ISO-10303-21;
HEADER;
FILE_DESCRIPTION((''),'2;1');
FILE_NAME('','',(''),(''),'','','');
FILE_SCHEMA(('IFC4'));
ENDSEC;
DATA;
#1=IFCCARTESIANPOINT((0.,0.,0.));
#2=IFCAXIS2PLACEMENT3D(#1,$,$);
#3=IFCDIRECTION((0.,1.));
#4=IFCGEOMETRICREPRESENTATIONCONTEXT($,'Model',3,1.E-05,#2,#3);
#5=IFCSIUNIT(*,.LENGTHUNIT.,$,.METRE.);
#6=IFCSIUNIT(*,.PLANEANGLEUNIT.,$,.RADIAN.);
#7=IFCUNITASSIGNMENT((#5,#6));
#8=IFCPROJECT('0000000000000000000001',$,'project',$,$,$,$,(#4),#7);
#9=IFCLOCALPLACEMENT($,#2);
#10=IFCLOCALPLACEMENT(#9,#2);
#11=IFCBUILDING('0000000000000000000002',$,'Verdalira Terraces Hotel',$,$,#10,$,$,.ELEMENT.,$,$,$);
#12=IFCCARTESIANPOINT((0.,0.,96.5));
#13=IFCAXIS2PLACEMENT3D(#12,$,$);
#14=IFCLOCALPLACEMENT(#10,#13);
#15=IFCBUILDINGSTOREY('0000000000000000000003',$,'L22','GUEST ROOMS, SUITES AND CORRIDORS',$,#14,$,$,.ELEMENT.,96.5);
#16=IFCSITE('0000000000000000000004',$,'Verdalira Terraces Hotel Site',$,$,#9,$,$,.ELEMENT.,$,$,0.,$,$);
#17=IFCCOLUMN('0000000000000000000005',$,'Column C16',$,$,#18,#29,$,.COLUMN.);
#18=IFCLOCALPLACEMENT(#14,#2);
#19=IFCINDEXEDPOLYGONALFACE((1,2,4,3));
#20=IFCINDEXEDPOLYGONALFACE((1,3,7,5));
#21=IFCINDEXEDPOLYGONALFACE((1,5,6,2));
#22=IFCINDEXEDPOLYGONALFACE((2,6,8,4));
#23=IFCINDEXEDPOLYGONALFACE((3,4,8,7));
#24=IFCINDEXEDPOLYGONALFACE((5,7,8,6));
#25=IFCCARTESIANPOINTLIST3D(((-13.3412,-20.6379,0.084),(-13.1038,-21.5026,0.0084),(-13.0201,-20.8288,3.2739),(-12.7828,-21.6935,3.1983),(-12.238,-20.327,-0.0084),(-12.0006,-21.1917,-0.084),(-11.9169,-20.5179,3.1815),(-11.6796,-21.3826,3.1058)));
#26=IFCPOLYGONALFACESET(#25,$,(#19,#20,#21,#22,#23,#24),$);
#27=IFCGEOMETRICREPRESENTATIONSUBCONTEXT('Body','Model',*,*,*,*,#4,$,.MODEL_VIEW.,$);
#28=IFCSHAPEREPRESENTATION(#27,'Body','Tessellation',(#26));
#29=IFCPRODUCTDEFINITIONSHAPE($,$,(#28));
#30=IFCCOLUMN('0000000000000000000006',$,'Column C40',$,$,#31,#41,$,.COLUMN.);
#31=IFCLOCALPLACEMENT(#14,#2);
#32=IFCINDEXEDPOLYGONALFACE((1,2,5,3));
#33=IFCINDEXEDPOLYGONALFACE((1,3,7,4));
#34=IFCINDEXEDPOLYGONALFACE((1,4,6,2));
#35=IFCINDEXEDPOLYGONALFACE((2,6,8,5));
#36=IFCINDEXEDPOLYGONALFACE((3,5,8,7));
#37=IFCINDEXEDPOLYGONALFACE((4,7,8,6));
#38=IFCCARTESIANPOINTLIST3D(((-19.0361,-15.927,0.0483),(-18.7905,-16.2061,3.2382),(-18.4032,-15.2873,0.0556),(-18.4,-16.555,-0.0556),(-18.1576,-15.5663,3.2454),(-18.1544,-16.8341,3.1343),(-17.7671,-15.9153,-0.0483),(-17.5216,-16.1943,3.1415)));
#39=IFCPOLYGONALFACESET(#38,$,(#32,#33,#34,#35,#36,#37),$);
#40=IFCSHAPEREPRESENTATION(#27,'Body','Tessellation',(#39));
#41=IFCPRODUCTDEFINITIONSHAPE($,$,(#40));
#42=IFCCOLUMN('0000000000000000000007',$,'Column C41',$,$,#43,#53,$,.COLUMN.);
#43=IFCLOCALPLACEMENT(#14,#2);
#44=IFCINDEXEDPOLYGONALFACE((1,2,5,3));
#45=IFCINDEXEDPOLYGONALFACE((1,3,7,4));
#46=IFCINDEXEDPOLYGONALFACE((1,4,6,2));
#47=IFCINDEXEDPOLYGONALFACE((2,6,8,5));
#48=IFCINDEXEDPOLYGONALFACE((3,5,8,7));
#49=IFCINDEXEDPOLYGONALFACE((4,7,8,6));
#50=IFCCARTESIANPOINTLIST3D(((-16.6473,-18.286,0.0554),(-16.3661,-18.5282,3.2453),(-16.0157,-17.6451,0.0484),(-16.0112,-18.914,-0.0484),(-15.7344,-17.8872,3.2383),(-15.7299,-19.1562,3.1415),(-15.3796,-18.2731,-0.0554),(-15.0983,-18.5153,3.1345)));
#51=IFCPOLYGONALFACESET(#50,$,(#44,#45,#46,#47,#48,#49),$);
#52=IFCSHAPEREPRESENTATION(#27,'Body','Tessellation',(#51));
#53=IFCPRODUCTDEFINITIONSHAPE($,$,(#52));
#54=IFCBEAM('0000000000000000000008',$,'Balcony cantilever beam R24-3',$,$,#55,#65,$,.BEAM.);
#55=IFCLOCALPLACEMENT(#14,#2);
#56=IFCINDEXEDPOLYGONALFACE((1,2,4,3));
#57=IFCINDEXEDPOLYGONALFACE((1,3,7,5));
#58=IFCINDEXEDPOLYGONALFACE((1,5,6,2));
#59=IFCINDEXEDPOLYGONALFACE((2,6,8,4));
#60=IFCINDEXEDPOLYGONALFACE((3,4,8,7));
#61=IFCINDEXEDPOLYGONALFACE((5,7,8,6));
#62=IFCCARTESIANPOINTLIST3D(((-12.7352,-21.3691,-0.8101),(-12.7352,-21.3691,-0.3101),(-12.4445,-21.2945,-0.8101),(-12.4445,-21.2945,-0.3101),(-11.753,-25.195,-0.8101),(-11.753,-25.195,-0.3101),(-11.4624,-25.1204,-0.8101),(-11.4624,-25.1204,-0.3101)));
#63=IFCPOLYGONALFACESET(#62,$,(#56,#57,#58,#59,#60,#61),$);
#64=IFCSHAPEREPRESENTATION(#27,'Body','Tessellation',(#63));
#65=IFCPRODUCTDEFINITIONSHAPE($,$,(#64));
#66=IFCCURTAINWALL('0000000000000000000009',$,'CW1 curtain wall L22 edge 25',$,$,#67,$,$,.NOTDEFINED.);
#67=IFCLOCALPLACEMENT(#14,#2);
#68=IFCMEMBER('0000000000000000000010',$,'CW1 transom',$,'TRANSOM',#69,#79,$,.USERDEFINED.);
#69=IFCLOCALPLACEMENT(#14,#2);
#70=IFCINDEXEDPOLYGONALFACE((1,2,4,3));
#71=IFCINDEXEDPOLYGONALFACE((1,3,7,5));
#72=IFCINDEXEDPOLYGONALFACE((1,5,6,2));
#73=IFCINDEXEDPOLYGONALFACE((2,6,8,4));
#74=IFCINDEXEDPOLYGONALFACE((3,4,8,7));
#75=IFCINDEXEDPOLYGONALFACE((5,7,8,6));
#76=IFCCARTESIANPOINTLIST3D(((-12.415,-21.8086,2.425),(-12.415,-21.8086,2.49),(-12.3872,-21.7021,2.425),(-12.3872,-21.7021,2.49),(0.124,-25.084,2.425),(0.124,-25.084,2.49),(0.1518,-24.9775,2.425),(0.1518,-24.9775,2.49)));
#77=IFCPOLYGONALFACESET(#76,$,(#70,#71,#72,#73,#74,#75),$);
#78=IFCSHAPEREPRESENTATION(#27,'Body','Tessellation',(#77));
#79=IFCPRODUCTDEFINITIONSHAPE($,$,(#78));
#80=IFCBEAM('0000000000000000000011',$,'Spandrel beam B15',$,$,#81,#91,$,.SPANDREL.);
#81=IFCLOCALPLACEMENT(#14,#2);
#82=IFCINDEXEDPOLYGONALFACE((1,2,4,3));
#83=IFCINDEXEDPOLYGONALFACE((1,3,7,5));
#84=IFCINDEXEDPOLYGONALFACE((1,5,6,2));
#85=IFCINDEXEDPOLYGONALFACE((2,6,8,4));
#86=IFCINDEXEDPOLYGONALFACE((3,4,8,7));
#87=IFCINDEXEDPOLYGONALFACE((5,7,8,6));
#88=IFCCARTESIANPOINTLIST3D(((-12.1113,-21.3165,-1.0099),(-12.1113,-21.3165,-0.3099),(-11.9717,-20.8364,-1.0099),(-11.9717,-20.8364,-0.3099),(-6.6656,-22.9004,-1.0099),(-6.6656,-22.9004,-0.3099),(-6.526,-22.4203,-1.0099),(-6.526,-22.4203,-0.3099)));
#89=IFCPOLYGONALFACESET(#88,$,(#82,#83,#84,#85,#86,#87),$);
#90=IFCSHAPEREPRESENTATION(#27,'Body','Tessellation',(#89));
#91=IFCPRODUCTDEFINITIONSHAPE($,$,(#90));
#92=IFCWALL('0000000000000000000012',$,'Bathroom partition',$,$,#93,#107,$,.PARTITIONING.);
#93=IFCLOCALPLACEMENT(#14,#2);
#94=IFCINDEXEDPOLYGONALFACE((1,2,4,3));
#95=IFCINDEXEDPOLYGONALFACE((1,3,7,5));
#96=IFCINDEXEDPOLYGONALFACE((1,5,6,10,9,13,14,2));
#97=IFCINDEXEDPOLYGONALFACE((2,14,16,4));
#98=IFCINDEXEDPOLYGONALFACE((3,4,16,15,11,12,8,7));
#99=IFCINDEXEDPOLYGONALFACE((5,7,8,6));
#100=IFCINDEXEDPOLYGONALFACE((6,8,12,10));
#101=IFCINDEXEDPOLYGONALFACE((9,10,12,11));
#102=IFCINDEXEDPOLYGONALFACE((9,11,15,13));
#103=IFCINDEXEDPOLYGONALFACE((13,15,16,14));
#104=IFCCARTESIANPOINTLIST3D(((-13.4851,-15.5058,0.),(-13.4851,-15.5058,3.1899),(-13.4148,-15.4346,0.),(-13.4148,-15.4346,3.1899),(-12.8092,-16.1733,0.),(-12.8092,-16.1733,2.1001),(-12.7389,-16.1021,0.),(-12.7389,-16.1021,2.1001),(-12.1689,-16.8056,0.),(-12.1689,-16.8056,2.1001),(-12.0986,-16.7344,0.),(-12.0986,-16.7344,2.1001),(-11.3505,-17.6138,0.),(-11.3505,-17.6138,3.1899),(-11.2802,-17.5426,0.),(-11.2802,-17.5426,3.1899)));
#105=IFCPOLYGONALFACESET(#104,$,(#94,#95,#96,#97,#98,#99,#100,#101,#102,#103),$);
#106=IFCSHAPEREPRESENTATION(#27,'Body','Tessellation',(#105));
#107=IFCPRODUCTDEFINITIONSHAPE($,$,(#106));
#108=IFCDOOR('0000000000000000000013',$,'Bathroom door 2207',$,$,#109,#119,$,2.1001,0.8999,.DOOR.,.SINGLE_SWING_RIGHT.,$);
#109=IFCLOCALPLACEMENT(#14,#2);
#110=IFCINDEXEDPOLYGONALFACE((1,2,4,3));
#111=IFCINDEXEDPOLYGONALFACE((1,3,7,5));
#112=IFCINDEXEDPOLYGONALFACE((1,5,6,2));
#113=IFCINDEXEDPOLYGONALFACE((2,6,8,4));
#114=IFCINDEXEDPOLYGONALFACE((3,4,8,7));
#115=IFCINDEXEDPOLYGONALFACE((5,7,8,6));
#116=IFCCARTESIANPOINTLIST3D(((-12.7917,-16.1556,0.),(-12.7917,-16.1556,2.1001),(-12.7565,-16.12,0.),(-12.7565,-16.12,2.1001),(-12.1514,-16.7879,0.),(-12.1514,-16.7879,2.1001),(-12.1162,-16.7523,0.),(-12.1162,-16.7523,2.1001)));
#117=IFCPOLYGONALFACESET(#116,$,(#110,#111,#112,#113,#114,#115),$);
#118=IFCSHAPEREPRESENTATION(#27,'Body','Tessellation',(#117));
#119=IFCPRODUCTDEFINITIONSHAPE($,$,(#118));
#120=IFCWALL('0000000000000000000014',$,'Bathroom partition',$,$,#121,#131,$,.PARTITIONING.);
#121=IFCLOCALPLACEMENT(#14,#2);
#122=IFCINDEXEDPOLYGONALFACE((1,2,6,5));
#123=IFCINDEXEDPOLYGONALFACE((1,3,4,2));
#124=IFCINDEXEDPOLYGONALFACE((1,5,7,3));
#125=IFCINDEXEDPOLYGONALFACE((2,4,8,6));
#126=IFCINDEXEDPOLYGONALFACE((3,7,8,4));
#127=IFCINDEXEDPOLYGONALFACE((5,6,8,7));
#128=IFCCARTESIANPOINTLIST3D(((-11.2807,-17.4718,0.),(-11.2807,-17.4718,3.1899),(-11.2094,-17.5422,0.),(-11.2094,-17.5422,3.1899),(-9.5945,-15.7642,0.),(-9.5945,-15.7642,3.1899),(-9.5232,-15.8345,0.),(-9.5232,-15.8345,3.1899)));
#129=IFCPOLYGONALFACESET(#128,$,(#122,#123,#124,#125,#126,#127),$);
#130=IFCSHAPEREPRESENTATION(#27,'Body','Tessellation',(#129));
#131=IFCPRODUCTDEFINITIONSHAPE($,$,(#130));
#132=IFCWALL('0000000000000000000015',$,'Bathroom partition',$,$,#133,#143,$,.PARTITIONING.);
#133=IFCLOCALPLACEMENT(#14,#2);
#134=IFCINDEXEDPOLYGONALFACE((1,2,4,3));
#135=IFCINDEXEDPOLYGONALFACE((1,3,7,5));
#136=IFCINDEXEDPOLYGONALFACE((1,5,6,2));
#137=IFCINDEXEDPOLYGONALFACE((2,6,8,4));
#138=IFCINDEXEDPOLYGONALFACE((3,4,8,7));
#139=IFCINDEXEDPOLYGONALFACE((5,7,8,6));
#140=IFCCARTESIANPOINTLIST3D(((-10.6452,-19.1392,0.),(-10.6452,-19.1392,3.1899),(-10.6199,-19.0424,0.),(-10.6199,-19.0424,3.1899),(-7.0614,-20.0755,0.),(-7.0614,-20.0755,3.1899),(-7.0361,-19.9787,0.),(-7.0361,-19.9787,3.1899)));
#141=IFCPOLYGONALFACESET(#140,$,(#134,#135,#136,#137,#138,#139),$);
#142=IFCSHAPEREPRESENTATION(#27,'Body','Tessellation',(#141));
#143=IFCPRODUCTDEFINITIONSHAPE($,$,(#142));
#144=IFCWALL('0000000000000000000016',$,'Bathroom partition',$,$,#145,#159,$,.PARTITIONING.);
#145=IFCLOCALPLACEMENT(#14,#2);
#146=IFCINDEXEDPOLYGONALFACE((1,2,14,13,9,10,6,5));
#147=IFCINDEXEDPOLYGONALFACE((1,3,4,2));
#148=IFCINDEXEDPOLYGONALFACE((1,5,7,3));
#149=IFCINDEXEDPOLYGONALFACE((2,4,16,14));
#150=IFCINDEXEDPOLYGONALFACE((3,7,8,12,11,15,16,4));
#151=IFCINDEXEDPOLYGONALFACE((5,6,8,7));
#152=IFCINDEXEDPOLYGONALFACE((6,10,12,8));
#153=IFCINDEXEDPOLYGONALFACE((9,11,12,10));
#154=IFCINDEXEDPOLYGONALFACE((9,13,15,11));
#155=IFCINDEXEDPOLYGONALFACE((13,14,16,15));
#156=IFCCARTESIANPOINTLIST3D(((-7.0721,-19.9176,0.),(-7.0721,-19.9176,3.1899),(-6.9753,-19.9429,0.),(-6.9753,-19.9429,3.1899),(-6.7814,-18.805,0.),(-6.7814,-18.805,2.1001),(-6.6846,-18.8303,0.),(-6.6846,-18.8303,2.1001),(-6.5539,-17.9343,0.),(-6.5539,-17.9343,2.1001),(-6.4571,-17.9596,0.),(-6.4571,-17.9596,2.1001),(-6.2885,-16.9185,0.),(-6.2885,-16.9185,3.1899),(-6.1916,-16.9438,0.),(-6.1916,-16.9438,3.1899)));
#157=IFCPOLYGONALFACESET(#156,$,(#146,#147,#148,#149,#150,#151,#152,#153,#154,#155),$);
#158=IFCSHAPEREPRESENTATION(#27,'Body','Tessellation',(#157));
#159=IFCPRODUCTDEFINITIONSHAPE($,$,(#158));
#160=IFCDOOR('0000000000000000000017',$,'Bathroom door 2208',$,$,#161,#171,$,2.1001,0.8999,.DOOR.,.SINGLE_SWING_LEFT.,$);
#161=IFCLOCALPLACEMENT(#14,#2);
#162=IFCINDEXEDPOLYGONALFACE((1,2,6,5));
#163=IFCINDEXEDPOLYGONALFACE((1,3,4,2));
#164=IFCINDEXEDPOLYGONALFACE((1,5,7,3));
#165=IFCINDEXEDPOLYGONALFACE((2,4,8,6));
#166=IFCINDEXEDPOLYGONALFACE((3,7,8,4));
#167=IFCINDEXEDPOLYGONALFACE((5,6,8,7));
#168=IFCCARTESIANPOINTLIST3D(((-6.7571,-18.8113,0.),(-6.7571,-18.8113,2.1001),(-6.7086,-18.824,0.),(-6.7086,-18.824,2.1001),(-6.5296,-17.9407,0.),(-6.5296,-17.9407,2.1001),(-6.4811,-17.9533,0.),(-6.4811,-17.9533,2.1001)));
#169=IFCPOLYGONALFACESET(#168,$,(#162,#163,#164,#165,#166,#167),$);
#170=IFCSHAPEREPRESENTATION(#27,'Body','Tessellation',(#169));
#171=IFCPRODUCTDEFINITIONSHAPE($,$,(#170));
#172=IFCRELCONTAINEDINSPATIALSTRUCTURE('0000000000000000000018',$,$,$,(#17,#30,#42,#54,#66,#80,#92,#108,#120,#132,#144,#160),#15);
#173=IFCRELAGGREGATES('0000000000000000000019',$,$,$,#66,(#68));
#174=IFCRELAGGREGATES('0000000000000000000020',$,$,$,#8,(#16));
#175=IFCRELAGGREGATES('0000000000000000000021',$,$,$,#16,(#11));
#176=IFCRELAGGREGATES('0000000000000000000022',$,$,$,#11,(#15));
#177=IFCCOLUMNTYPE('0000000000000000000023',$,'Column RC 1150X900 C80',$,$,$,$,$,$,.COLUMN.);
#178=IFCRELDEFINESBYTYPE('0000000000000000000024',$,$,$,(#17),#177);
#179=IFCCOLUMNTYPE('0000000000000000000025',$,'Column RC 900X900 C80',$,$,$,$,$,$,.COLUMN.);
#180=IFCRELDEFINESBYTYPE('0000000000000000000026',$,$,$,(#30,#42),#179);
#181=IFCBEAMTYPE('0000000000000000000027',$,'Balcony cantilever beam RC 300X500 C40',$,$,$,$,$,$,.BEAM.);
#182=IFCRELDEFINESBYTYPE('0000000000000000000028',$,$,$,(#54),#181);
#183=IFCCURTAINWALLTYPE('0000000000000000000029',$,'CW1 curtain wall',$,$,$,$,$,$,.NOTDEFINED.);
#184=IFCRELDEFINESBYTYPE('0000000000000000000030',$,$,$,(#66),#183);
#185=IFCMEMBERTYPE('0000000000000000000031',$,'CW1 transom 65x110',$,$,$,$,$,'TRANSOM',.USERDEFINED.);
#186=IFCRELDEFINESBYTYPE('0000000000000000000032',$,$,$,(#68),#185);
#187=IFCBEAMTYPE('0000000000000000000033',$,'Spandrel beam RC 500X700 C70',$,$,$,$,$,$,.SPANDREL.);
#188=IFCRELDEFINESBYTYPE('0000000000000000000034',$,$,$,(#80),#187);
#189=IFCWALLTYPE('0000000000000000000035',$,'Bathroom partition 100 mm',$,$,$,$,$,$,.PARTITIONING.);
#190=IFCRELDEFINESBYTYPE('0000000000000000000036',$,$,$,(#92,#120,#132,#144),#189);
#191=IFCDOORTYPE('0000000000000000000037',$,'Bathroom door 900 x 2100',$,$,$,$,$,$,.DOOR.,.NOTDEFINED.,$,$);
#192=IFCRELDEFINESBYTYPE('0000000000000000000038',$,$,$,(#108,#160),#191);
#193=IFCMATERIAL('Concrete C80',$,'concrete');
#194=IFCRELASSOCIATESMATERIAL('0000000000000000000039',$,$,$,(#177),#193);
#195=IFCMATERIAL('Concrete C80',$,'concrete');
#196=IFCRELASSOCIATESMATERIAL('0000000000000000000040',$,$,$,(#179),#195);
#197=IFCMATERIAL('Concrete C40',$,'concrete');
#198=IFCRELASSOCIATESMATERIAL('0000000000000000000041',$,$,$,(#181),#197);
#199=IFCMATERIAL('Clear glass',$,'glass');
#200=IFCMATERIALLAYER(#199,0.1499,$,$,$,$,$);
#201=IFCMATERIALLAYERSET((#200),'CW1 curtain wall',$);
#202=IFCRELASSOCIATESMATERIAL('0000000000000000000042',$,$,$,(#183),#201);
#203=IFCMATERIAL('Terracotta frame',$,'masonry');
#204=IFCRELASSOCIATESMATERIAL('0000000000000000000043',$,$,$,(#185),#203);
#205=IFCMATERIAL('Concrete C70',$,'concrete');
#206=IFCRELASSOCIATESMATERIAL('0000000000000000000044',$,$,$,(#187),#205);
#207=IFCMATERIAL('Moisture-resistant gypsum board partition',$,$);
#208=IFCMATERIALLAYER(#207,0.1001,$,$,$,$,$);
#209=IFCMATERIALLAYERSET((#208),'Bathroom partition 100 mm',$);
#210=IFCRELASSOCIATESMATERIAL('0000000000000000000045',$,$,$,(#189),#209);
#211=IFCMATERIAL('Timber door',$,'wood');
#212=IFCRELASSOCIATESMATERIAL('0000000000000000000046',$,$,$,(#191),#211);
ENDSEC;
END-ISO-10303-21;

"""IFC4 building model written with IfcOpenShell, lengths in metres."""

from ifc_helpers import new_model, si_unit, direction, frame, frame_2d, origin, origin_2d, place, context, subcontext, project, spatial, rectangle, extrude, material, layer, layer_set, material_profile, profile_set, type_object, element, fill, aggregate, save


model = new_model("IFC4")

# Units and contexts
model_context = context("Model", 3, precision=1e-05, world=origin(), true_north=direction((0.0, 1.0)))
body_context = subcontext(model_context, "Body", "Model", "MODEL_VIEW")
ifc_project = project(units=[si_unit("LENGTHUNIT", "METRE"), si_unit("PLANEANGLEUNIT", "RADIAN")], contexts=[model_context])

# Site, building, storey
site_placement = place(None, origin())
site = spatial("IfcSite", under=ifc_project, at=site_placement, Name="Verdalira Terraces Hotel Site", CompositionType="ELEMENT", RefElevation=0.0)
building_placement = place(site_placement, origin())
building = spatial("IfcBuilding", under=site, at=building_placement, Name="Verdalira Terraces Hotel", CompositionType="ELEMENT")
storey_placement = place(building_placement, frame((0.0, 0.0, 96.5)))
storey = spatial("IfcBuildingStorey", under=building, at=storey_placement, Name="L22", Description="GUEST ROOMS, SUITES AND CORRIDORS", CompositionType="ELEMENT", Elevation=96.5)

# Columns
ifc_material_1 = material(Name="Concrete C80", Category="concrete")
ifc_material_profile_1 = material_profile(ifc_material_1, rectangle(XDim=1.1499, YDim=0.8999, at=origin_2d()), Name="RC 1150X900")
ifc_profile_set_1 = profile_set([ifc_material_profile_1], Name="Concrete C80")
column_type_1 = type_object("IfcColumnType", Name="Column RC 1150X900 C80", PredefinedType="COLUMN", material=ifc_profile_set_1)
column_placement = place(storey_placement, frame((-12.6709, -20.9148, 0.0), z_axis=(0.09996, -0.059444, 0.993214), x_axis=(-0.959391, -0.270388, 0.080373)))
element("IfcColumn", 1, at=column_placement, inside=storey, type_object=column_type_1, Name="Column C16", PredefinedType="COLUMN", context=body_context, shape_type="SweptSolid", body=[
    extrude(rectangle(XDim=1.1499, YDim=0.8999, at=origin_2d()), origin(), (0.0, 0.0, 1.0), 3.2117),
])
ifc_material_2 = material(Name="Concrete C80", Category="concrete")
ifc_material_profile_2 = material_profile(ifc_material_2, rectangle(XDim=0.8999, YDim=0.8999, at=origin_2d()), Name="RC 900X900")
ifc_profile_set_2 = profile_set([ifc_material_profile_2], Name="Concrete C80")
column_type_2 = type_object("IfcColumnType", Name="Column RC 900X900 C80", PredefinedType="COLUMN", material=ifc_profile_set_2)
for number, where, z_axis, x_axis, name in (
    (2, (-18.4016, -15.9211, 0.0), (0.076476, -0.086891, 0.993278), (-0.70322, -0.710927, -0.008048), "Column C40"),
    (3, (-16.0134, -18.2795, 0.0), (0.087577, -0.075413, 0.993299), (-0.701893, -0.712239, 0.00781), "Column C41"),
):
    element("IfcColumn", number, at=place(storey_placement, frame(where, z_axis=z_axis, x_axis=x_axis)), inside=storey, type_object=column_type_2, Name=name, PredefinedType="COLUMN", context=body_context, shape_type="SweptSolid", body=[
        extrude(rectangle(XDim=0.8999, YDim=0.8999, at=origin_2d()), origin(), (0.0, 0.0, 1.0), 3.2114),
    ])

# Beam
ifc_material_3 = material(Name="Concrete C40", Category="concrete")
ifc_material_profile_3 = material_profile(ifc_material_3, rectangle(XDim=0.3, YDim=0.5, at=origin_2d()), Name="RC 300X500")
ifc_profile_set_3 = profile_set([ifc_material_profile_3], Name="Concrete C40")
beam_type_1 = type_object("IfcBeamType", Name="Balcony cantilever beam RC 300X500 C40", PredefinedType="BEAM", material=ifc_profile_set_3)
beam_1_placement = place(storey_placement, frame((-12.5898, -21.3318, -0.5601), z_axis=(0.248653, -0.968593, 0.0), x_axis=(0.968593, 0.248653, 0.0)))
element("IfcBeam", 4, at=beam_1_placement, inside=storey, type_object=beam_type_1, Name="Balcony cantilever beam R24-3", PredefinedType="BEAM", context=body_context, shape_type="SweptSolid", body=[
    extrude(rectangle(XDim=0.3, YDim=0.5, at=origin_2d()), origin(), (0.0, 0.0, 1.0), 3.95),
])

# Curtain wall, member
ifc_material_4 = material(Name="Clear glass", Category="glass")
ifc_layer_1 = layer(ifc_material_4, 0.1499)
ifc_layer_set_1 = layer_set([ifc_layer_1], Name="CW1 curtain wall")
curtain_wall_type = type_object("IfcCurtainWallType", Name="CW1 curtain wall", PredefinedType="NOTDEFINED", material=ifc_layer_set_1)
curtain_wall_placement = place(storey_placement, origin())
curtain_wall = element("IfcCurtainWall", 5, at=curtain_wall_placement, inside=storey, type_object=curtain_wall_type, Name="CW1 curtain wall L22 edge 25", PredefinedType="NOTDEFINED")
ifc_material_5 = material(Name="Terracotta frame", Category="masonry")
ifc_material_profile_4 = material_profile(ifc_material_5, rectangle(XDim=0.1101, YDim=0.0649, at=origin_2d()), Name="TR 65x110")
ifc_profile_set_4 = profile_set([ifc_material_profile_4], Name="Terracotta frame")
member_type = type_object("IfcMemberType", Name="CW1 transom 65x110", ElementType="TRANSOM", PredefinedType="USERDEFINED", material=ifc_profile_set_4)
member_placement = place(storey_placement, frame((-12.4011, -21.7554, 2.4575), z_axis=(0.967536, -0.252735, 0.0), x_axis=(0.252735, 0.967536, 0.0)))
member = element("IfcMember", 6, at=member_placement, type_object=member_type, Name="CW1 transom", ObjectType="TRANSOM", PredefinedType="USERDEFINED", context=body_context, shape_type="SweptSolid", body=[
    extrude(rectangle(XDim=0.1101, YDim=0.0649, at=origin_2d()), origin(), (0.0, 0.0, 1.0), 12.9597),
])
aggregate(curtain_wall, [member])

# Beam
ifc_material_6 = material(Name="Concrete C70", Category="concrete")
ifc_material_profile_5 = material_profile(ifc_material_6, rectangle(XDim=0.5, YDim=0.7, at=origin_2d()), Name="RC 500X700")
ifc_profile_set_5 = profile_set([ifc_material_profile_5], Name="Concrete C70")
beam_type_2 = type_object("IfcBeamType", Name="Spandrel beam RC 500X700 C70", PredefinedType="SPANDREL", material=ifc_profile_set_5)
beam_2_placement = place(storey_placement, frame((-12.0415, -21.0764, -0.6599), z_axis=(0.960207, -0.279289, 0.0), x_axis=(0.279289, 0.960207, 0.0)))
element("IfcBeam", 7, at=beam_2_placement, inside=storey, type_object=beam_type_2, Name="Spandrel beam B15", PredefinedType="SPANDREL", context=body_context, shape_type="SweptSolid", body=[
    extrude(rectangle(XDim=0.5, YDim=0.7, at=origin_2d()), origin(), (0.0, 0.0, 1.0), 5.6714),
])

# Wall, opening, door
ifc_material_7 = material(Name="Moisture-resistant gypsum board partition")
ifc_layer_2 = layer(ifc_material_7, 0.1001)
ifc_layer_set_2 = layer_set([ifc_layer_2], Name="Bathroom partition 100 mm")
wall_type_1 = type_object("IfcWallType", Name="Bathroom partition 100 mm", PredefinedType="PARTITIONING", material=ifc_layer_set_2)
wall_1_placement = place(storey_placement, frame((-13.45, -15.4702, 0.0), z_axis=(0.0, 0.0, 1.0), x_axis=(0.711528, -0.702658, 0.0)))
wall_1 = element("IfcWall", 8, at=wall_1_placement, inside=storey, type_object=wall_type_1, Name="Bathroom partition", PredefinedType="PARTITIONING", context=body_context, shape_type="SweptSolid", body=[
    extrude(rectangle(XDim=3.0, YDim=0.1001, at=frame_2d((1.5, 0.0))), origin(), (0.0, 0.0, 1.0), 3.1899),
])
opening_1_placement = place(wall_1_placement, frame((0.95, 0.0, 0.0)))
opening_1 = element("IfcOpeningElement", 9, at=opening_1_placement, cuts=wall_1, PredefinedType="OPENING", context=body_context, shape_type="SweptSolid", body=[
    extrude(rectangle(XDim=0.8999, YDim=2.1001, at=frame_2d((0.45, 1.05))), frame((0.0, 0.0601, 0.0), z_axis=(0.0, -1.0, 0.0), x_axis=(1.0, 0.0, 0.0)), (0.0, 0.0, 1.0), 0.1201),
])
ifc_material_8 = material(Name="Timber door", Category="wood")
door_type_1 = type_object("IfcDoorType", Name="Bathroom door 900 x 2100", OperationType="NOTDEFINED", PredefinedType="DOOR", material=ifc_material_8)
door_1_placement = place(opening_1_placement, origin())
door_1 = element("IfcDoor", 10, at=door_1_placement, inside=storey, type_object=door_type_1, Name="Bathroom door 2207", OperationType="SINGLE_SWING_RIGHT", OverallHeight=2.1001, OverallWidth=0.8999, PredefinedType="DOOR", context=body_context, shape_type="SweptSolid", body=[
    extrude(rectangle(XDim=0.8999, YDim=2.1001, at=frame_2d((0.45, 1.05))), frame((0.0, 0.0249, 0.0), z_axis=(0.0, -1.0, 0.0), x_axis=(1.0, 0.0, 0.0)), (0.0, 0.0, 1.0), 0.05),
])
fill(opening_1, door_1)

# Walls
wall_2_placement = place(storey_placement, frame((-9.5588, -15.7993, 0.0), z_axis=(0.0, 0.0, 1.0), x_axis=(-0.702617, -0.711569, 0.0)))
element("IfcWall", 11, at=wall_2_placement, inside=storey, type_object=wall_type_1, Name="Bathroom partition", PredefinedType="PARTITIONING", context=body_context, shape_type="SweptSolid", body=[
    extrude(rectangle(XDim=2.3999, YDim=0.1001, at=frame_2d((1.2, 0.0))), origin(), (0.0, 0.0, 1.0), 3.1899),
])
wall_3_placement = place(storey_placement, frame((-10.6326, -19.0908, 0.0), z_axis=(0.0, 0.0, 1.0), x_axis=(0.967526, -0.252773, 0.0)))
element("IfcWall", 12, at=wall_3_placement, inside=storey, type_object=wall_type_1, Name="Bathroom partition", PredefinedType="PARTITIONING", context=body_context, shape_type="SweptSolid", body=[
    extrude(rectangle(XDim=3.7041, YDim=0.1001, at=frame_2d((1.8521, 0.0))), origin(), (0.0, 0.0, 1.0), 3.1899),
])

# Wall, opening, door
wall_4_placement = place(storey_placement, frame((-7.0237, -19.9302, 0.0), z_axis=(0.0, 0.0, 1.0), x_axis=(0.252807, 0.967517, 0.0)))
wall_4 = element("IfcWall", 13, at=wall_4_placement, inside=storey, type_object=wall_type_1, Name="Bathroom partition", PredefinedType="PARTITIONING", context=body_context, shape_type="SweptSolid", body=[
    extrude(rectangle(XDim=3.0999, YDim=0.1001, at=frame_2d((1.5498, 0.0))), origin(), (0.0, 0.0, 1.0), 3.1899),
])
opening_2_placement = place(wall_4_placement, frame((1.1499, 0.0, 0.0)))
opening_2 = element("IfcOpeningElement", 14, at=opening_2_placement, cuts=wall_4, PredefinedType="OPENING", context=body_context, shape_type="SweptSolid", body=[
    extrude(rectangle(XDim=0.8999, YDim=2.1001, at=frame_2d((0.45, 1.05))), frame((0.0, 0.0601, 0.0), z_axis=(0.0, -1.0, 0.0), x_axis=(1.0, 0.0, 0.0)), (0.0, 0.0, 1.0), 0.1201),
])
door_2_placement = place(opening_2_placement, origin())
door_2 = element("IfcDoor", 15, at=door_2_placement, inside=storey, type_object=door_type_1, Name="Bathroom door 2208", OperationType="SINGLE_SWING_LEFT", OverallHeight=2.1001, OverallWidth=0.8999, PredefinedType="DOOR", context=body_context, shape_type="SweptSolid", body=[
    extrude(rectangle(XDim=0.8999, YDim=2.1001, at=frame_2d((0.45, 1.05))), frame((0.0, 0.0249, 0.0), z_axis=(0.0, -1.0, 0.0), x_axis=(1.0, 0.0, 0.0)), (0.0, 0.0, 1.0), 0.05),
])
fill(opening_2, door_2)

save(model, "model.ifc")
